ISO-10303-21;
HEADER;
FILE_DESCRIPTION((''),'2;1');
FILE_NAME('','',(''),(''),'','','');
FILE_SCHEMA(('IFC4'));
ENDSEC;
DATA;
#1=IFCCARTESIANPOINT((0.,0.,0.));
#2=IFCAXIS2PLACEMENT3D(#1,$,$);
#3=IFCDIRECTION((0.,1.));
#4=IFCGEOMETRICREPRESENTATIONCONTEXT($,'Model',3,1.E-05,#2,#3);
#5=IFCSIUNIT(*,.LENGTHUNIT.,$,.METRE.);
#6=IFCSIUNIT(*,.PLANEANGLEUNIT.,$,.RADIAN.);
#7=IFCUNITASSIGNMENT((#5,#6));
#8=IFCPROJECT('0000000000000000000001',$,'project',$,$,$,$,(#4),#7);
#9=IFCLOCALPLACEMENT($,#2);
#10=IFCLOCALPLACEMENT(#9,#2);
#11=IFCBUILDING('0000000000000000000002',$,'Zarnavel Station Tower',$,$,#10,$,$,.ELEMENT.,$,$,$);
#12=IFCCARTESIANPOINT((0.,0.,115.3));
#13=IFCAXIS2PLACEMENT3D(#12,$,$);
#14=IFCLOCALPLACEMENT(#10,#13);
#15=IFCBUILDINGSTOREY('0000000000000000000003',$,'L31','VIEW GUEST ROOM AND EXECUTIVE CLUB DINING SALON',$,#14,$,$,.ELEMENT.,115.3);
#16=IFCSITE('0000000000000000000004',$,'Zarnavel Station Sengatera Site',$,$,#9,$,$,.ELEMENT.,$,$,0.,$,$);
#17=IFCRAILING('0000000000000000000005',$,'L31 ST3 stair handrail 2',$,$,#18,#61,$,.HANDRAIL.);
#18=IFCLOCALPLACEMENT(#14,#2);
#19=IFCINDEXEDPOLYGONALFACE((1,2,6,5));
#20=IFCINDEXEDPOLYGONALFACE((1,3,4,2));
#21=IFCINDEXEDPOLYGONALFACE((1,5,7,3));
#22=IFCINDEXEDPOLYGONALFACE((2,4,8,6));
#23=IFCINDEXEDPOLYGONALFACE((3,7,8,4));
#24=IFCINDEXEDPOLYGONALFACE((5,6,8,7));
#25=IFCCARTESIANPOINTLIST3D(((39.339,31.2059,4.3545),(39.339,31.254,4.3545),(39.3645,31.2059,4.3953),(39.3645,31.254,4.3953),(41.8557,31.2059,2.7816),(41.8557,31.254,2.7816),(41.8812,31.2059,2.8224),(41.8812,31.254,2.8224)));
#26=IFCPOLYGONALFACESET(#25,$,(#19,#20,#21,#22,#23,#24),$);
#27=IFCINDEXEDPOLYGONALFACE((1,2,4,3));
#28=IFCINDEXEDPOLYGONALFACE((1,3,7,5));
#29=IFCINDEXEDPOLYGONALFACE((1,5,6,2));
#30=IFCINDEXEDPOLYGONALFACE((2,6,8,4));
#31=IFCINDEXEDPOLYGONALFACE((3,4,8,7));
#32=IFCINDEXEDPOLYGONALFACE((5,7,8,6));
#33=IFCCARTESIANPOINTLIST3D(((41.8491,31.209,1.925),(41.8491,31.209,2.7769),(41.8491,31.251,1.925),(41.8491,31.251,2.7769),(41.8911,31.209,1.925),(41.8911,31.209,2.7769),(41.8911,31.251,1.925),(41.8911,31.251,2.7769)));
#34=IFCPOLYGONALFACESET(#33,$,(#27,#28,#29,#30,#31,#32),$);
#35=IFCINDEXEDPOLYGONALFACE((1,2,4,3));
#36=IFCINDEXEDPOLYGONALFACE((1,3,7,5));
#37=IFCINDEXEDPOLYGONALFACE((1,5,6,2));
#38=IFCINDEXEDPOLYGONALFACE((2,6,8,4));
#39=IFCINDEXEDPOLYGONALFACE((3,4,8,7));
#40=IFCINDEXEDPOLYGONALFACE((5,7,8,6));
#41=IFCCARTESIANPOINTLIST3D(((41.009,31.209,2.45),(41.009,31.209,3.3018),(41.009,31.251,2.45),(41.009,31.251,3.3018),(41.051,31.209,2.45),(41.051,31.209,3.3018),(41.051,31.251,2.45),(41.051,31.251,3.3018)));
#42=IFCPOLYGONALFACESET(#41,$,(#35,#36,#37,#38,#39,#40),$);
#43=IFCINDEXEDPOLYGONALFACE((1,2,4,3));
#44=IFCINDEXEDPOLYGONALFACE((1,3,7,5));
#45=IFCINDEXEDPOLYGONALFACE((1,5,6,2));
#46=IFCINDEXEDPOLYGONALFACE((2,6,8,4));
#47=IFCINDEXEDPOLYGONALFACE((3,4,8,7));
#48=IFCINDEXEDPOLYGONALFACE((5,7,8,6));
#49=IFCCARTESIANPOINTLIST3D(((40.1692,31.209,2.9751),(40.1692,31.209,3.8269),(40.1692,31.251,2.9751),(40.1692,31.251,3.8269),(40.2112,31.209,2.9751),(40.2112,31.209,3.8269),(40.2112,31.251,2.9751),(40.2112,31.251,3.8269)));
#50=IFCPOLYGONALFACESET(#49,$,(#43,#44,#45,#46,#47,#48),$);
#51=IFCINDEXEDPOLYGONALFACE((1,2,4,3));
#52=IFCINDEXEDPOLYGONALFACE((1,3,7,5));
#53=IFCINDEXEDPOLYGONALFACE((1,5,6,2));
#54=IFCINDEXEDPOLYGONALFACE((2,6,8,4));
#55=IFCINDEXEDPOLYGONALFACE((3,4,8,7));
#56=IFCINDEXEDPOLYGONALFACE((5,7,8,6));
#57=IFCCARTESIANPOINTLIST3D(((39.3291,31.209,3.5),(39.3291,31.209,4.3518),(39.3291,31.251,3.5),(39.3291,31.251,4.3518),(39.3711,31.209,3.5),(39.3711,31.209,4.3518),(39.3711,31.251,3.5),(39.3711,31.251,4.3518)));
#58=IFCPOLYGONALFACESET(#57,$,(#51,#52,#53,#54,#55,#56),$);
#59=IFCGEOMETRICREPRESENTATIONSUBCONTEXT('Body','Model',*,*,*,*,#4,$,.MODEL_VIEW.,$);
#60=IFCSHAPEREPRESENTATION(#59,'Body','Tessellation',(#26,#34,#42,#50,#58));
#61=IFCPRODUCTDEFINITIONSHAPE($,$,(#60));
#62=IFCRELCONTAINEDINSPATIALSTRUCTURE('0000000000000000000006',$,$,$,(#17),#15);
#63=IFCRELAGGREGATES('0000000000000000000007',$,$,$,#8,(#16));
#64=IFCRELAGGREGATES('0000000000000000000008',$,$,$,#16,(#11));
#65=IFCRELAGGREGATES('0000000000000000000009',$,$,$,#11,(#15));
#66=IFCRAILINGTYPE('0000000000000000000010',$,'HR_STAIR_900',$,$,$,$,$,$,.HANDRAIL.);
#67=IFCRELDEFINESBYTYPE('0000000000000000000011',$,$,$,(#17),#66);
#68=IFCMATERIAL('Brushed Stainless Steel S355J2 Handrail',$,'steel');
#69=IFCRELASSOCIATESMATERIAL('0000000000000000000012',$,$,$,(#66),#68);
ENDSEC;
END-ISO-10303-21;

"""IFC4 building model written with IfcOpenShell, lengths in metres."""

from ifc_helpers import new_model, si_unit, direction, frame, origin, origin_2d, place, context, subcontext, project, spatial, rectangle, extrude, material, type_object, element, save


model = new_model("IFC4")

# Units and contexts
model_context = context("Model", 3, precision=1e-05, world=origin(), true_north=direction((0.0, 1.0)))
body_context = subcontext(model_context, "Body", "Model", "MODEL_VIEW")
ifc_project = project(units=[si_unit("LENGTHUNIT", "METRE"), si_unit("PLANEANGLEUNIT", "RADIAN")], contexts=[model_context])

# Site, building, storey
site_placement = place(None, origin())
site = spatial("IfcSite", under=ifc_project, at=site_placement, Name="Zarnavel Station Sengatera Site", CompositionType="ELEMENT", RefElevation=0.0)
building_placement = place(site_placement, origin())
building = spatial("IfcBuilding", under=site, at=building_placement, Name="Zarnavel Station Tower", CompositionType="ELEMENT")
storey_placement = place(building_placement, frame((0.0, 0.0, 115.3)))
storey = spatial("IfcBuildingStorey", under=building, at=storey_placement, Name="L31", Description="VIEW GUEST ROOM AND EXECUTIVE CLUB DINING SALON", CompositionType="ELEMENT", Elevation=115.3)

# Railing
ifc_material_1 = material(Name="Brushed Stainless Steel S355J2 Handrail", Category="steel")
railing_type_1 = type_object("IfcRailingType", Name="HR_STAIR_900", PredefinedType="HANDRAIL", material=ifc_material_1)
for number, where, name in (
    (1, (41.8701, 31.23, 1.925), "L31 ST3 stair handrail 2"),
):
    element("IfcRailing", number, at=place(storey_placement, frame(where)), inside=storey, type_object=railing_type_1, Name=name, PredefinedType="HANDRAIL", context=body_context, shape_type="SweptSolid", body=[
        extrude(rectangle(XDim=0.0481, YDim=0.0481, at=origin_2d()), frame((-0.0017, 0.0, 0.877), z_axis=(-0.848008, 0.0, 0.529984), x_axis=(0.0, -1.0, 0.0)), (0.0, 0.0, 1.0), 2.9678),
        extrude(rectangle(XDim=0.042, YDim=0.042, at=origin_2d()), origin(), (0.0, 0.0, 1.0), 0.8518),
        extrude(rectangle(XDim=0.042, YDim=0.042, at=origin_2d()), frame((-0.8401, 0.0, 0.5249)), (0.0, 0.0, 1.0), 0.8518),
        extrude(rectangle(XDim=0.042, YDim=0.042, at=origin_2d()), frame((-1.6799, 0.0, 1.05)), (0.0, 0.0, 1.0), 0.8518),
        extrude(rectangle(XDim=0.042, YDim=0.042, at=origin_2d()), frame((-2.52, 0.0, 1.575)), (0.0, 0.0, 1.0), 0.8518),
    ])

save(model, "model.ifc")
